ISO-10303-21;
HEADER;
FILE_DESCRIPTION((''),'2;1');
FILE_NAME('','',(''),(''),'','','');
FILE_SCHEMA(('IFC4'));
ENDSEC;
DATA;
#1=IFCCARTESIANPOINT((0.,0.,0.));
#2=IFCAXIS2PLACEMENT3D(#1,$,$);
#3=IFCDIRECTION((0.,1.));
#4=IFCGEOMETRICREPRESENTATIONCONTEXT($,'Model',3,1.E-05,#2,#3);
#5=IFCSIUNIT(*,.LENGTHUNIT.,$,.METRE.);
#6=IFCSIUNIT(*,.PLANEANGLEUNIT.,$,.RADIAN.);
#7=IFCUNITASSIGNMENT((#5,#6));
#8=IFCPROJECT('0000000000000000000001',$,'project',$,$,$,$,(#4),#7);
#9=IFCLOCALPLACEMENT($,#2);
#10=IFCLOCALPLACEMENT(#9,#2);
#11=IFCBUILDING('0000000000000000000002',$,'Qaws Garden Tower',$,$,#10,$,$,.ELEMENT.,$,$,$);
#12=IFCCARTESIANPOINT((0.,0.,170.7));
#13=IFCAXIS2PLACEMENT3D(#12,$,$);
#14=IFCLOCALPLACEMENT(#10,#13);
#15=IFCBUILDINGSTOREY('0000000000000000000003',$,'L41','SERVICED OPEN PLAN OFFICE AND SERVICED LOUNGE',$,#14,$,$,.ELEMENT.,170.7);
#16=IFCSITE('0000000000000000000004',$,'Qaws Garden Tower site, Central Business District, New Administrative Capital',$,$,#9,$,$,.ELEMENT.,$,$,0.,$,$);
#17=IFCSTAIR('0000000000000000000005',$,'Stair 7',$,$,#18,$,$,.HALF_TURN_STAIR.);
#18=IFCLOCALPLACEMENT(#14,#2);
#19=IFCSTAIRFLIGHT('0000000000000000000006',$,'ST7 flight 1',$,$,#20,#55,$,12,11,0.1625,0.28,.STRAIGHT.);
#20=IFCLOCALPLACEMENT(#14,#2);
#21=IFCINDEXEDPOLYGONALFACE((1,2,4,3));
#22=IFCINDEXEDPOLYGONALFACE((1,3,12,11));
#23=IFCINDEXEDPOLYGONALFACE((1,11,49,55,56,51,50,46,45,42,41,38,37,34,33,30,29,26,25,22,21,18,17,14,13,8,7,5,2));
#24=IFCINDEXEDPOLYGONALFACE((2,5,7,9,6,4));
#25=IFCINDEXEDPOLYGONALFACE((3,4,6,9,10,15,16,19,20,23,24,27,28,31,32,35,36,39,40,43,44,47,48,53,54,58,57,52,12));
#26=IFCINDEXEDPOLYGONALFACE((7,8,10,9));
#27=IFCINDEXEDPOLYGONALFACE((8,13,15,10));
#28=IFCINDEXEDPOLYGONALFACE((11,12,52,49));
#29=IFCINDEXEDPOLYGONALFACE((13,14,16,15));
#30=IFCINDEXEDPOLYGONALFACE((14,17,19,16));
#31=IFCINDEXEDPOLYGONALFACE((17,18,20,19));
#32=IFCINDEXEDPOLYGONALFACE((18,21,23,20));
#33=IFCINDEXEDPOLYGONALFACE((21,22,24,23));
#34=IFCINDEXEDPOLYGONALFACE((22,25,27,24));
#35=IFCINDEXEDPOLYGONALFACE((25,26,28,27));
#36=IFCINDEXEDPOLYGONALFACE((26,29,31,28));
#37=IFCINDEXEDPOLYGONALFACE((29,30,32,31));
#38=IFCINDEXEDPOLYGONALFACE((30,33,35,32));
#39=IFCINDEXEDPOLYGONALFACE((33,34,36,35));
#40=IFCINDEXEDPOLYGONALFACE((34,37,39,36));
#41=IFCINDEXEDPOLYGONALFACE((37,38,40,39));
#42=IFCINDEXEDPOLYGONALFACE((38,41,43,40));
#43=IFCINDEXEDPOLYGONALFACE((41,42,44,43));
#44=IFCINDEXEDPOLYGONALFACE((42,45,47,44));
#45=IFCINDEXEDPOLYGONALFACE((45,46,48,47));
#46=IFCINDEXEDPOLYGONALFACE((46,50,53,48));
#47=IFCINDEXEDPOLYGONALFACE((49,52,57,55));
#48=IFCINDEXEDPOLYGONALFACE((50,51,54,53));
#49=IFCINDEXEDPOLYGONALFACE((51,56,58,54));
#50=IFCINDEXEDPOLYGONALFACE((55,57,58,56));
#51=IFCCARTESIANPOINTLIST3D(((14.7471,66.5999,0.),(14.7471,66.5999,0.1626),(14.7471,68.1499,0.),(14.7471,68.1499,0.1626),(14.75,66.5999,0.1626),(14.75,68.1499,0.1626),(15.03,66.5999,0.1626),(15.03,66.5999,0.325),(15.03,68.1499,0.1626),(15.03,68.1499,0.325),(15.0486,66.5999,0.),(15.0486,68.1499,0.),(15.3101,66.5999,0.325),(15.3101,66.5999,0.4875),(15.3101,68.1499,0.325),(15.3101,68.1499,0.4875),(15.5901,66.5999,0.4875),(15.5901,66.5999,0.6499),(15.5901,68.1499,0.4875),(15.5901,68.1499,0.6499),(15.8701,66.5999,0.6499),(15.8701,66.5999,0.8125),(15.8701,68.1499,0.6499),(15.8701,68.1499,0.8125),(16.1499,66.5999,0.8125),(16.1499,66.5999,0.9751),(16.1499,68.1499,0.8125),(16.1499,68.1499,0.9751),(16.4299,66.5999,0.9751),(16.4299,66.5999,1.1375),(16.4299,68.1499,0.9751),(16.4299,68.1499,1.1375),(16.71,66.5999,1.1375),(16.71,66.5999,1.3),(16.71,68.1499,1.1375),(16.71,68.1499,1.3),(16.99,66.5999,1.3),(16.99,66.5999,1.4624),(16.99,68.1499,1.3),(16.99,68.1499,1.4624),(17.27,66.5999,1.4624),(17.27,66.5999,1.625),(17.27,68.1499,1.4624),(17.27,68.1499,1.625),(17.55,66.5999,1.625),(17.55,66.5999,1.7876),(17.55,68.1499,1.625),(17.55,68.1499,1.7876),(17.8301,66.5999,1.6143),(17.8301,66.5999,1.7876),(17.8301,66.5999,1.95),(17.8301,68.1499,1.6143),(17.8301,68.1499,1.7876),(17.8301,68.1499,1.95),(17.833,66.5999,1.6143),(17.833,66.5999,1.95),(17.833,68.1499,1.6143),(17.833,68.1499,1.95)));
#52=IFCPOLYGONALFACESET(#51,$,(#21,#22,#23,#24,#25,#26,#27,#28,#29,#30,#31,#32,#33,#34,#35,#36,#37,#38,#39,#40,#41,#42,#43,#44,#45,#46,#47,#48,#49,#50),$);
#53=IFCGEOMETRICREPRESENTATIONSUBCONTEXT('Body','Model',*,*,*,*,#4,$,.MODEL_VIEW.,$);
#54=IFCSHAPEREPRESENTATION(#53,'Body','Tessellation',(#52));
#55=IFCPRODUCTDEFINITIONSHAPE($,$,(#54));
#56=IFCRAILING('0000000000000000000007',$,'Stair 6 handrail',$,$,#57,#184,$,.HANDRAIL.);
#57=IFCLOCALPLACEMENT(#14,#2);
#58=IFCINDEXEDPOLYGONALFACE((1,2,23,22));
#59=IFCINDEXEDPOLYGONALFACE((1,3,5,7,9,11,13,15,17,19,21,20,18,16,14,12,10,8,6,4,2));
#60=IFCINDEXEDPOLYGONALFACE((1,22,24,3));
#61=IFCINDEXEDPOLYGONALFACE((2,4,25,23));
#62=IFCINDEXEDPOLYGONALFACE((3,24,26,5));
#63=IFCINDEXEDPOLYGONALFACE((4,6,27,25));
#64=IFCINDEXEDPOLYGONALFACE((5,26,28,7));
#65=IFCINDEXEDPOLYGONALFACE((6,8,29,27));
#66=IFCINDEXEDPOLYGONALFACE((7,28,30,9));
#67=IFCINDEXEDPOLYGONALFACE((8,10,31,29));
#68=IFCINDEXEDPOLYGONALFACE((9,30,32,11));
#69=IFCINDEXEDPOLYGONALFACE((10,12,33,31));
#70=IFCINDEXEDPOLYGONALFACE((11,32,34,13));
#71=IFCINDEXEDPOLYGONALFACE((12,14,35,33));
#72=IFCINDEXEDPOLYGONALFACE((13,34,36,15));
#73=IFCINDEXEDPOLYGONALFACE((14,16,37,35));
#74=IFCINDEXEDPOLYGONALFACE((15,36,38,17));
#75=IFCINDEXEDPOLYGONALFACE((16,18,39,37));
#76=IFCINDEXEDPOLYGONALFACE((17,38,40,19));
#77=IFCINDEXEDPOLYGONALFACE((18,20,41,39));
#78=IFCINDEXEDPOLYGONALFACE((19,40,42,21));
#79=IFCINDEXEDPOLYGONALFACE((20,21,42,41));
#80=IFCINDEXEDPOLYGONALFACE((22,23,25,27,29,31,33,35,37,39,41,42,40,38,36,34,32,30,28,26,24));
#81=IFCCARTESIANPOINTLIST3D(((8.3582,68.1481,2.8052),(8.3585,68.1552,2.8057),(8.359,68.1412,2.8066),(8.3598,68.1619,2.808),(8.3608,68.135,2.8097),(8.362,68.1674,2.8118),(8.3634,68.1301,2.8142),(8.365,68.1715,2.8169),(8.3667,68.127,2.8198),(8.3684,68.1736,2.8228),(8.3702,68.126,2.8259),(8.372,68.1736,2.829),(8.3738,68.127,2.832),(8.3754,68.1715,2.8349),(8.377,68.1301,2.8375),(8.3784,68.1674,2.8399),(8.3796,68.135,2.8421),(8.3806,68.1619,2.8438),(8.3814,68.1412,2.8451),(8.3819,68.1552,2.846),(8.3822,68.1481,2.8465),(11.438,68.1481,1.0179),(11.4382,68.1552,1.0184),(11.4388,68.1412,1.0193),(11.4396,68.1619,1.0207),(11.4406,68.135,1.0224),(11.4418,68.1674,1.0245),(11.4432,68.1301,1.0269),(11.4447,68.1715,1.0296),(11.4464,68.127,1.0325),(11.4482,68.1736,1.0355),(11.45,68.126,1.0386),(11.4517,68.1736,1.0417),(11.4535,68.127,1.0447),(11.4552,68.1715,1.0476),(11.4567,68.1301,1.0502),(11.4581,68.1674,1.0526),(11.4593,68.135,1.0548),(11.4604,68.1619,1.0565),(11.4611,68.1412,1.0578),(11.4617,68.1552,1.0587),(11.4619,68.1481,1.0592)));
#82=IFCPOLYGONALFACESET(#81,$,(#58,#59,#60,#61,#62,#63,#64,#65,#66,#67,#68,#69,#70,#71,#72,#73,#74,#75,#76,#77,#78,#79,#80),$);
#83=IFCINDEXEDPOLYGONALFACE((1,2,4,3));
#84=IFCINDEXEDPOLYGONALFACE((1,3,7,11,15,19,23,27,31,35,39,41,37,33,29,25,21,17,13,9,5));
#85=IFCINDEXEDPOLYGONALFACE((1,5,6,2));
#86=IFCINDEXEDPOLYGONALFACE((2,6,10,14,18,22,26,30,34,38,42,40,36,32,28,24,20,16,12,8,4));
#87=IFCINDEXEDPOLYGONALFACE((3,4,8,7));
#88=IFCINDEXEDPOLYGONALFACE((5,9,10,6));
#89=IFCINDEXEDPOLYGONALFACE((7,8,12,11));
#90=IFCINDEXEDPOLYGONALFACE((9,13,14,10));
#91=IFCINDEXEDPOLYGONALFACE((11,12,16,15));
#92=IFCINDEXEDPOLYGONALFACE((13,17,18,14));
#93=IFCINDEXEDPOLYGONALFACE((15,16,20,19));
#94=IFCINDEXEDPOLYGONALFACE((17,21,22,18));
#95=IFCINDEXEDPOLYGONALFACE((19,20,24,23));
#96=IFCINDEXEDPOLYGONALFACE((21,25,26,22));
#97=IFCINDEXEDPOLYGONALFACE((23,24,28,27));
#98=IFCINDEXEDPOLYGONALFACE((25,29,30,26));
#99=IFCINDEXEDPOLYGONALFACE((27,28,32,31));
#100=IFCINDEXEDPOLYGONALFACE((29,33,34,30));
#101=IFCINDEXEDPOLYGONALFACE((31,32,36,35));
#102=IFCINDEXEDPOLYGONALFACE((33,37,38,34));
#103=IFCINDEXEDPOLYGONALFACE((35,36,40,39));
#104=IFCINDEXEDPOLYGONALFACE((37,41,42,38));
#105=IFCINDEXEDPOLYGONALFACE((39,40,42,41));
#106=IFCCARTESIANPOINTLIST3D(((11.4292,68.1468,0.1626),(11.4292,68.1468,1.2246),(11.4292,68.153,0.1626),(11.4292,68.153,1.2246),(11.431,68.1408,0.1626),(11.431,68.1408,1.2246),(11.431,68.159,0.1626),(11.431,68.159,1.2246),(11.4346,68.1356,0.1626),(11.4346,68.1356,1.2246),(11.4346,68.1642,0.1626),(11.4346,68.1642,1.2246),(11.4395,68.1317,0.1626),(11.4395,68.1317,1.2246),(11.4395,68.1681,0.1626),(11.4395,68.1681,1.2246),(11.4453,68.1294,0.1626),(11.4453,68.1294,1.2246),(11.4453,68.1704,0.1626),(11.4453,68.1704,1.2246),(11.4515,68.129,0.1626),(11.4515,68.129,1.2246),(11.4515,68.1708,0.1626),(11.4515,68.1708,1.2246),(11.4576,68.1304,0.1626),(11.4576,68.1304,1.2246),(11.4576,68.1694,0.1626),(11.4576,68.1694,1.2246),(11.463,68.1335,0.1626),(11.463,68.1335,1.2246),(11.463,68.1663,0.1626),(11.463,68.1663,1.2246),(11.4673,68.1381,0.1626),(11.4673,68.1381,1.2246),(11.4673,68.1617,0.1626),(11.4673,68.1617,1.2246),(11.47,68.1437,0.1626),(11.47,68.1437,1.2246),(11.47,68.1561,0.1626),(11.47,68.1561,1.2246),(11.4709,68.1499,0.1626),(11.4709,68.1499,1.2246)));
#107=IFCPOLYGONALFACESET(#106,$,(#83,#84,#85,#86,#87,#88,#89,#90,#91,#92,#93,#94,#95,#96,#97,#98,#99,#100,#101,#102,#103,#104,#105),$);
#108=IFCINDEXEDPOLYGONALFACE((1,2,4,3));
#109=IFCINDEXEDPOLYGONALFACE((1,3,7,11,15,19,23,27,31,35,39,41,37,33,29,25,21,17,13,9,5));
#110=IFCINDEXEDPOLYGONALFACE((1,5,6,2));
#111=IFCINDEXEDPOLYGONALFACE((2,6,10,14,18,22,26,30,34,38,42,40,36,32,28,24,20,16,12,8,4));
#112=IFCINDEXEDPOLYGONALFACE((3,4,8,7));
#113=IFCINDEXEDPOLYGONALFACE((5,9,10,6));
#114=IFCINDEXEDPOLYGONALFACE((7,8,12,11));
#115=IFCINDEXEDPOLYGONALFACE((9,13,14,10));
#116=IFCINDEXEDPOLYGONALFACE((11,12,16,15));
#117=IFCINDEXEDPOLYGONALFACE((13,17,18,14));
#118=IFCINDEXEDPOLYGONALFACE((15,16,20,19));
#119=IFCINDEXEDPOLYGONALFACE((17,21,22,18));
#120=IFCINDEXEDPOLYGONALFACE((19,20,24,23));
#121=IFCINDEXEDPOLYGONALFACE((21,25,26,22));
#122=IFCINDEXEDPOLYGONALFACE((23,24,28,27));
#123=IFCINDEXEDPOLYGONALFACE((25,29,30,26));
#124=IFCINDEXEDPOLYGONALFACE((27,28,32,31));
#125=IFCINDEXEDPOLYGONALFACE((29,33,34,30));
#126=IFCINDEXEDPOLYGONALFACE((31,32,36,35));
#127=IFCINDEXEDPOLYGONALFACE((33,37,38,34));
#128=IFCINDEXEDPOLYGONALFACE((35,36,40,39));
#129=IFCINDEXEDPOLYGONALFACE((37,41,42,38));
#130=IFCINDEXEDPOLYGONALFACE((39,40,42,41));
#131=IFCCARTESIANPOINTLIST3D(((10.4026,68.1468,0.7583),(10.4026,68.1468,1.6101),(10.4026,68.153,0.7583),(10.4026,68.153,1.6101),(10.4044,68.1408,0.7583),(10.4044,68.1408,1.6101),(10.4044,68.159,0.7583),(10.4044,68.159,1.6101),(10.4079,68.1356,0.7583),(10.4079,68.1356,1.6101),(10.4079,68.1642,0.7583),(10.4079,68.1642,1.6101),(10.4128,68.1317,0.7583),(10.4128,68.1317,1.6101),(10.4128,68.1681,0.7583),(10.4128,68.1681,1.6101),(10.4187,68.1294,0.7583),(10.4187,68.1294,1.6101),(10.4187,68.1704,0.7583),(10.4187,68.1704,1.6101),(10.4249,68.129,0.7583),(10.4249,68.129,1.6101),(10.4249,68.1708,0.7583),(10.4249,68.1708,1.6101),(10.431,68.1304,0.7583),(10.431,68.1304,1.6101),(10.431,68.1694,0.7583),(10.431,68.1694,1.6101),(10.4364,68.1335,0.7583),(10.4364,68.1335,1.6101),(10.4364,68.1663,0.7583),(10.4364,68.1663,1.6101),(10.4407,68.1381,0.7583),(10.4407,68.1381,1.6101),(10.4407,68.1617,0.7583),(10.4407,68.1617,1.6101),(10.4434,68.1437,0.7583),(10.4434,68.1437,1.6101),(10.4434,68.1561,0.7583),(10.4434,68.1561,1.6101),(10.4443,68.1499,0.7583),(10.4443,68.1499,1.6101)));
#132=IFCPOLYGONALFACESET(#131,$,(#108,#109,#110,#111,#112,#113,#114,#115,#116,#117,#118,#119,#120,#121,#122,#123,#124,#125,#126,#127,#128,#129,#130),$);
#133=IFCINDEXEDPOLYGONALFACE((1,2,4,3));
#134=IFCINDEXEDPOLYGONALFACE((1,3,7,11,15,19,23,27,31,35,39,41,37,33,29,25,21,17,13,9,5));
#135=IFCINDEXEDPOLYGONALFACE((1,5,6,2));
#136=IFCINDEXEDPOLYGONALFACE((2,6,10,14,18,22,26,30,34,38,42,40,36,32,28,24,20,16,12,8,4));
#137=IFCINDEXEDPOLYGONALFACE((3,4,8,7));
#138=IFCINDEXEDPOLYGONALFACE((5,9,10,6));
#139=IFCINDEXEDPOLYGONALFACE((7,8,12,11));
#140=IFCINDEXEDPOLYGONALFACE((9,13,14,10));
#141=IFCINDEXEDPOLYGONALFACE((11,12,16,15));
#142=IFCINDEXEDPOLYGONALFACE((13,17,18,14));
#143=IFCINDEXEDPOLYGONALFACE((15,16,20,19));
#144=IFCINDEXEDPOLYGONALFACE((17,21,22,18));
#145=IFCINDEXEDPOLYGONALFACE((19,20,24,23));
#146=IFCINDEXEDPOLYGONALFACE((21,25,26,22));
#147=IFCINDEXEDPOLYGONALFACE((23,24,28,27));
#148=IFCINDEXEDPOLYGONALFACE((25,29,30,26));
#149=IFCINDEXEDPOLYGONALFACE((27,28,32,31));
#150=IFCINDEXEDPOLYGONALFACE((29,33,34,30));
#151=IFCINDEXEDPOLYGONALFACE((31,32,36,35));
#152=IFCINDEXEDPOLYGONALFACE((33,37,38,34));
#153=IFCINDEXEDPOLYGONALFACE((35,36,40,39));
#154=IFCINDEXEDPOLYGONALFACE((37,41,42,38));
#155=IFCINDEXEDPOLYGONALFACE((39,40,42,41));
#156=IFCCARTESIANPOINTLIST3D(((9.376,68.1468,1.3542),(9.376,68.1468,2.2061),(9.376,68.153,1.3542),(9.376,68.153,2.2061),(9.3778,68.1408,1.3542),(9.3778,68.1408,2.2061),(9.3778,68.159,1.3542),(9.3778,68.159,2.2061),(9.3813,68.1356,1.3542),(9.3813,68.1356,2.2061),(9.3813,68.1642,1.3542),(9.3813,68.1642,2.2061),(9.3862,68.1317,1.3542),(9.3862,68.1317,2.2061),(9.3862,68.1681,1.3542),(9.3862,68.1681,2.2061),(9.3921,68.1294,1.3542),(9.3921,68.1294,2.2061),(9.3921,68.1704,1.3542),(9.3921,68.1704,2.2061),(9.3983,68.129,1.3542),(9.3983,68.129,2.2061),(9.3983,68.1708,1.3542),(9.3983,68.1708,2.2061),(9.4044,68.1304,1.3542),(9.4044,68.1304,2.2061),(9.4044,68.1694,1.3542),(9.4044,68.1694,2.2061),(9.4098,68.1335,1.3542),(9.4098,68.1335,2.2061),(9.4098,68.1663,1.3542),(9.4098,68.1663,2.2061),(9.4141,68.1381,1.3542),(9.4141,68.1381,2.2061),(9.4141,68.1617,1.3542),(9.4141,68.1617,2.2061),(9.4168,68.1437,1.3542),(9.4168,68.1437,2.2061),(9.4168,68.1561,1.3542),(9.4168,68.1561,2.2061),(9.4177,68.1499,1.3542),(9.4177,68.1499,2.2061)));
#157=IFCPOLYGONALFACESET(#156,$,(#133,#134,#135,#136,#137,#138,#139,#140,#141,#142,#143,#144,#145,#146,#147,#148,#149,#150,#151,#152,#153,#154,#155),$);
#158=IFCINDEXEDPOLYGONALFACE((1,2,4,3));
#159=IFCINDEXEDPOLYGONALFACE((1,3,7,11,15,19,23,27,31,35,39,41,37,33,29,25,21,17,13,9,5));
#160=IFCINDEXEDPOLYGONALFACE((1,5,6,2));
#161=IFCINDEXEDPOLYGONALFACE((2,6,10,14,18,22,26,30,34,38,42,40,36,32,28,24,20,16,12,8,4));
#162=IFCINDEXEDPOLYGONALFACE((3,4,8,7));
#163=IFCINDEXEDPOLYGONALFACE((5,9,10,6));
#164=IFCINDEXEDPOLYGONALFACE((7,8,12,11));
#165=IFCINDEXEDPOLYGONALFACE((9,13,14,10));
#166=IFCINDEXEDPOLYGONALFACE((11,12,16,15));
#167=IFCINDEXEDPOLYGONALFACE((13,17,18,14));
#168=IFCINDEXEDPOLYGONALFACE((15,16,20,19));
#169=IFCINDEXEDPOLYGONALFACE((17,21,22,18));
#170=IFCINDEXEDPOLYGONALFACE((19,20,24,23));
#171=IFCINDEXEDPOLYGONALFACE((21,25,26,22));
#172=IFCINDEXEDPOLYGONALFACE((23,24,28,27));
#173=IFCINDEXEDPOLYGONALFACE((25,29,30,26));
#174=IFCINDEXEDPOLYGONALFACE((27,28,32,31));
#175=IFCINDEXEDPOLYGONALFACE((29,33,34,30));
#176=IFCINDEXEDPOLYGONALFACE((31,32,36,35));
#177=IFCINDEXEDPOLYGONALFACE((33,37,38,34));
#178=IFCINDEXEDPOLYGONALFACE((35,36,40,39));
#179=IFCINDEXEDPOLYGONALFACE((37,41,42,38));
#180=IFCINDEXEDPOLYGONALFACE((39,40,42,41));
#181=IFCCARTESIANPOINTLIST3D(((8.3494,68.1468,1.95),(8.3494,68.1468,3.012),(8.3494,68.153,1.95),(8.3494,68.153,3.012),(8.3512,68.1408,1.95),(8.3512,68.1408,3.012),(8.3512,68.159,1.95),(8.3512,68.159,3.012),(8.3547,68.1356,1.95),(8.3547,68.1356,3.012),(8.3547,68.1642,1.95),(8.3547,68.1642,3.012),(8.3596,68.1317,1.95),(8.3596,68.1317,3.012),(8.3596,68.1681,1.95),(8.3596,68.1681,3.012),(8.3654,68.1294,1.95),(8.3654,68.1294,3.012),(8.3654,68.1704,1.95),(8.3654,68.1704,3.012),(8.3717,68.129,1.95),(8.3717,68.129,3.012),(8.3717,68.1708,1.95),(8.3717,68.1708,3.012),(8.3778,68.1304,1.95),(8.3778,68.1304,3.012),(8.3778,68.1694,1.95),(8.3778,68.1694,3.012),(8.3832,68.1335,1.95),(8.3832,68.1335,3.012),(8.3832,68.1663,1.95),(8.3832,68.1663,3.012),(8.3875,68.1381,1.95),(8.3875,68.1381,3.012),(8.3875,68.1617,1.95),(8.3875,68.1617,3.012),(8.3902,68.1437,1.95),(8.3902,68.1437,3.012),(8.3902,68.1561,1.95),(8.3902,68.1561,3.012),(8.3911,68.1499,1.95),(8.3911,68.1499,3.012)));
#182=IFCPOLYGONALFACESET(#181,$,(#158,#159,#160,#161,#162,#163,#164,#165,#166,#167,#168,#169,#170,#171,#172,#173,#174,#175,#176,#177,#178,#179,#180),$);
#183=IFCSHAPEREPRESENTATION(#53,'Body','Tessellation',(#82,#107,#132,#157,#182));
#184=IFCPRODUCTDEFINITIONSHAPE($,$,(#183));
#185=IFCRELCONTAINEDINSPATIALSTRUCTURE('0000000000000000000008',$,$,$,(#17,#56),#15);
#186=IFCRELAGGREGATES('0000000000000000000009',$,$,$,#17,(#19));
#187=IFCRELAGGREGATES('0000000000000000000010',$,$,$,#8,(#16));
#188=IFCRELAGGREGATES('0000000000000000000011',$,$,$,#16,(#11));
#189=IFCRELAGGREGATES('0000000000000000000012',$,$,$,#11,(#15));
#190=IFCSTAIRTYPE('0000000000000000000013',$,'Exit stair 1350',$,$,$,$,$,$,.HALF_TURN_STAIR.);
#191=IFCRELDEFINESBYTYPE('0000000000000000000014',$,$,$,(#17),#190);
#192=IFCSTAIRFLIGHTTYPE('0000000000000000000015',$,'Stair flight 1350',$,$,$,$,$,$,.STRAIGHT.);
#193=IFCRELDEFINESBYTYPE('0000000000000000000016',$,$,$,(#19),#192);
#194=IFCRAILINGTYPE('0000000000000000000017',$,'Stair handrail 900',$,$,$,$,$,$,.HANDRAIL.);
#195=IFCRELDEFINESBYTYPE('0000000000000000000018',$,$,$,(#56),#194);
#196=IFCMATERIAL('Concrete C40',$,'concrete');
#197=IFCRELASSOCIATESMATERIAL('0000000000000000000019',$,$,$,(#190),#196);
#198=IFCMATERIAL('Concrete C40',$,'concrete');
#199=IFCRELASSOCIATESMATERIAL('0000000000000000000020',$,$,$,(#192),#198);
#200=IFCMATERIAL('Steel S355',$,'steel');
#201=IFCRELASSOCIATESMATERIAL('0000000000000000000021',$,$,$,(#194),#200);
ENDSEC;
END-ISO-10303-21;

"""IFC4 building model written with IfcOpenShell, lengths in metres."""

from ifc_helpers import new_model, si_unit, direction, frame, origin, origin_2d, place, context, subcontext, project, spatial, polyline, circle, outline, extrude, material, type_object, element, aggregate, save


model = new_model("IFC4")

# Units and contexts
model_context = context("Model", 3, precision=1e-05, world=origin(), true_north=direction((0.0, 1.0)))
body_context = subcontext(model_context, "Body", "Model", "MODEL_VIEW")
ifc_project = project(units=[si_unit("LENGTHUNIT", "METRE"), si_unit("PLANEANGLEUNIT", "RADIAN")], contexts=[model_context])

# Site, building, storey
site_placement = place(None, origin())
site = spatial("IfcSite", under=ifc_project, at=site_placement, Name="Qaws Garden Tower site, Central Business District, New Administrative Capital", CompositionType="ELEMENT", RefElevation=0.0)
building_placement = place(site_placement, origin())
building = spatial("IfcBuilding", under=site, at=building_placement, Name="Qaws Garden Tower", CompositionType="ELEMENT")
storey_placement = place(building_placement, frame((0.0, 0.0, 170.7)))
storey = spatial("IfcBuildingStorey", under=building, at=storey_placement, Name="L41", Description="SERVICED OPEN PLAN OFFICE AND SERVICED LOUNGE", CompositionType="ELEMENT", Elevation=170.7)

# Shared definitions
ifc_material_1 = material(Name="Concrete C40", Category="concrete")
stair_type = type_object("IfcStairType", Name="Exit stair 1350", PredefinedType="HALF_TURN_STAIR", material=ifc_material_1)
placement = place(storey_placement, origin())
ifc_material_2 = material(Name="Concrete C40", Category="concrete")
stair_flight_type = type_object("IfcStairFlightType", Name="Stair flight 1350", PredefinedType="STRAIGHT", material=ifc_material_2)

# Stair, stair flight
stair_1 = element("IfcStair", 1, at=placement, inside=storey, type_object=stair_type, Name="Stair 7", PredefinedType="HALF_TURN_STAIR")
stair_flight_1_placement = place(storey_placement, frame((14.75, 67.375, 0.0), z_axis=(0.0, 0.0, 1.0), x_axis=(1.0, 0.0, 0.0)))
stair_flight_1 = element("IfcStairFlight", 2, at=stair_flight_1_placement, type_object=stair_flight_type, Name="ST7 flight 1", NumberOfRisers=12, NumberOfTreads=11, PredefinedType="STRAIGHT", RiserHeight=0.1625, TreadLength=0.28, context=body_context, shape_type="SweptSolid", body=[
    extrude(outline(polyline([(-0.0029, 0.0), (-0.0029, 0.1626), (0.0, 0.1626), (0.28, 0.1626), (0.28, 0.325), (0.5601, 0.325), (0.5601, 0.4875), (0.8401, 0.4875), (0.8401, 0.6499), (1.1201, 0.6499), (1.1201, 0.8125), (1.3999, 0.8125), (1.3999, 0.9751), (1.6799, 0.9751), (1.6799, 1.1375), (1.96, 1.1375), (1.96, 1.3), (2.24, 1.3), (2.24, 1.4624), (2.52, 1.4624), (2.52, 1.625), (2.8, 1.625), (2.8, 1.7876), (3.0801, 1.7876), (3.0801, 1.95), (3.083, 1.95), (3.083, 1.6143), (3.0801, 1.6143), (0.2986, 0.0), (-0.0029, 0.0)])), frame((0.0, 0.7749, 0.0), z_axis=(0.0, -1.0, 0.0), x_axis=(1.0, 0.0, 0.0)), (0.0, 0.0, 1.0), 1.55),
])
aggregate(stair_1, [stair_flight_1])

# Railing
ifc_material_3 = material(Name="Steel S355", Category="steel")
railing_type = type_object("IfcRailingType", Name="Stair handrail 900", PredefinedType="HANDRAIL", material=ifc_material_3)
railing_1_placement = place(storey_placement, frame((11.45, 68.1499, 0.1626)))
element("IfcRailing", 3, at=railing_1_placement, inside=storey, type_object=railing_type, Name="Stair 6 handrail", PredefinedType="HANDRAIL", context=body_context, shape_type="SweptSolid", body=[
    extrude(circle(Radius=0.0239, at=origin_2d()), frame((0.0, 0.0, 0.876), z_axis=(-0.864903, 0.0, 0.501939), x_axis=(0.0, -1.0, 0.0)), (0.0, 0.0, 1.0), 3.5608),
    extrude(circle(Radius=0.021, at=origin_2d()), origin(), (0.0, 0.0, 1.0), 1.062),
    extrude(circle(Radius=0.021, at=origin_2d()), frame((-1.0266, 0.0, 0.5957)), (0.0, 0.0, 1.0), 0.8518),
    extrude(circle(Radius=0.021, at=origin_2d()), frame((-2.0532, 0.0, 1.1917)), (0.0, 0.0, 1.0), 0.8518),
    extrude(circle(Radius=0.021, at=origin_2d()), frame((-3.0798, 0.0, 1.7874)), (0.0, 0.0, 1.0), 1.062),
])

save(model, "model.ifc")
